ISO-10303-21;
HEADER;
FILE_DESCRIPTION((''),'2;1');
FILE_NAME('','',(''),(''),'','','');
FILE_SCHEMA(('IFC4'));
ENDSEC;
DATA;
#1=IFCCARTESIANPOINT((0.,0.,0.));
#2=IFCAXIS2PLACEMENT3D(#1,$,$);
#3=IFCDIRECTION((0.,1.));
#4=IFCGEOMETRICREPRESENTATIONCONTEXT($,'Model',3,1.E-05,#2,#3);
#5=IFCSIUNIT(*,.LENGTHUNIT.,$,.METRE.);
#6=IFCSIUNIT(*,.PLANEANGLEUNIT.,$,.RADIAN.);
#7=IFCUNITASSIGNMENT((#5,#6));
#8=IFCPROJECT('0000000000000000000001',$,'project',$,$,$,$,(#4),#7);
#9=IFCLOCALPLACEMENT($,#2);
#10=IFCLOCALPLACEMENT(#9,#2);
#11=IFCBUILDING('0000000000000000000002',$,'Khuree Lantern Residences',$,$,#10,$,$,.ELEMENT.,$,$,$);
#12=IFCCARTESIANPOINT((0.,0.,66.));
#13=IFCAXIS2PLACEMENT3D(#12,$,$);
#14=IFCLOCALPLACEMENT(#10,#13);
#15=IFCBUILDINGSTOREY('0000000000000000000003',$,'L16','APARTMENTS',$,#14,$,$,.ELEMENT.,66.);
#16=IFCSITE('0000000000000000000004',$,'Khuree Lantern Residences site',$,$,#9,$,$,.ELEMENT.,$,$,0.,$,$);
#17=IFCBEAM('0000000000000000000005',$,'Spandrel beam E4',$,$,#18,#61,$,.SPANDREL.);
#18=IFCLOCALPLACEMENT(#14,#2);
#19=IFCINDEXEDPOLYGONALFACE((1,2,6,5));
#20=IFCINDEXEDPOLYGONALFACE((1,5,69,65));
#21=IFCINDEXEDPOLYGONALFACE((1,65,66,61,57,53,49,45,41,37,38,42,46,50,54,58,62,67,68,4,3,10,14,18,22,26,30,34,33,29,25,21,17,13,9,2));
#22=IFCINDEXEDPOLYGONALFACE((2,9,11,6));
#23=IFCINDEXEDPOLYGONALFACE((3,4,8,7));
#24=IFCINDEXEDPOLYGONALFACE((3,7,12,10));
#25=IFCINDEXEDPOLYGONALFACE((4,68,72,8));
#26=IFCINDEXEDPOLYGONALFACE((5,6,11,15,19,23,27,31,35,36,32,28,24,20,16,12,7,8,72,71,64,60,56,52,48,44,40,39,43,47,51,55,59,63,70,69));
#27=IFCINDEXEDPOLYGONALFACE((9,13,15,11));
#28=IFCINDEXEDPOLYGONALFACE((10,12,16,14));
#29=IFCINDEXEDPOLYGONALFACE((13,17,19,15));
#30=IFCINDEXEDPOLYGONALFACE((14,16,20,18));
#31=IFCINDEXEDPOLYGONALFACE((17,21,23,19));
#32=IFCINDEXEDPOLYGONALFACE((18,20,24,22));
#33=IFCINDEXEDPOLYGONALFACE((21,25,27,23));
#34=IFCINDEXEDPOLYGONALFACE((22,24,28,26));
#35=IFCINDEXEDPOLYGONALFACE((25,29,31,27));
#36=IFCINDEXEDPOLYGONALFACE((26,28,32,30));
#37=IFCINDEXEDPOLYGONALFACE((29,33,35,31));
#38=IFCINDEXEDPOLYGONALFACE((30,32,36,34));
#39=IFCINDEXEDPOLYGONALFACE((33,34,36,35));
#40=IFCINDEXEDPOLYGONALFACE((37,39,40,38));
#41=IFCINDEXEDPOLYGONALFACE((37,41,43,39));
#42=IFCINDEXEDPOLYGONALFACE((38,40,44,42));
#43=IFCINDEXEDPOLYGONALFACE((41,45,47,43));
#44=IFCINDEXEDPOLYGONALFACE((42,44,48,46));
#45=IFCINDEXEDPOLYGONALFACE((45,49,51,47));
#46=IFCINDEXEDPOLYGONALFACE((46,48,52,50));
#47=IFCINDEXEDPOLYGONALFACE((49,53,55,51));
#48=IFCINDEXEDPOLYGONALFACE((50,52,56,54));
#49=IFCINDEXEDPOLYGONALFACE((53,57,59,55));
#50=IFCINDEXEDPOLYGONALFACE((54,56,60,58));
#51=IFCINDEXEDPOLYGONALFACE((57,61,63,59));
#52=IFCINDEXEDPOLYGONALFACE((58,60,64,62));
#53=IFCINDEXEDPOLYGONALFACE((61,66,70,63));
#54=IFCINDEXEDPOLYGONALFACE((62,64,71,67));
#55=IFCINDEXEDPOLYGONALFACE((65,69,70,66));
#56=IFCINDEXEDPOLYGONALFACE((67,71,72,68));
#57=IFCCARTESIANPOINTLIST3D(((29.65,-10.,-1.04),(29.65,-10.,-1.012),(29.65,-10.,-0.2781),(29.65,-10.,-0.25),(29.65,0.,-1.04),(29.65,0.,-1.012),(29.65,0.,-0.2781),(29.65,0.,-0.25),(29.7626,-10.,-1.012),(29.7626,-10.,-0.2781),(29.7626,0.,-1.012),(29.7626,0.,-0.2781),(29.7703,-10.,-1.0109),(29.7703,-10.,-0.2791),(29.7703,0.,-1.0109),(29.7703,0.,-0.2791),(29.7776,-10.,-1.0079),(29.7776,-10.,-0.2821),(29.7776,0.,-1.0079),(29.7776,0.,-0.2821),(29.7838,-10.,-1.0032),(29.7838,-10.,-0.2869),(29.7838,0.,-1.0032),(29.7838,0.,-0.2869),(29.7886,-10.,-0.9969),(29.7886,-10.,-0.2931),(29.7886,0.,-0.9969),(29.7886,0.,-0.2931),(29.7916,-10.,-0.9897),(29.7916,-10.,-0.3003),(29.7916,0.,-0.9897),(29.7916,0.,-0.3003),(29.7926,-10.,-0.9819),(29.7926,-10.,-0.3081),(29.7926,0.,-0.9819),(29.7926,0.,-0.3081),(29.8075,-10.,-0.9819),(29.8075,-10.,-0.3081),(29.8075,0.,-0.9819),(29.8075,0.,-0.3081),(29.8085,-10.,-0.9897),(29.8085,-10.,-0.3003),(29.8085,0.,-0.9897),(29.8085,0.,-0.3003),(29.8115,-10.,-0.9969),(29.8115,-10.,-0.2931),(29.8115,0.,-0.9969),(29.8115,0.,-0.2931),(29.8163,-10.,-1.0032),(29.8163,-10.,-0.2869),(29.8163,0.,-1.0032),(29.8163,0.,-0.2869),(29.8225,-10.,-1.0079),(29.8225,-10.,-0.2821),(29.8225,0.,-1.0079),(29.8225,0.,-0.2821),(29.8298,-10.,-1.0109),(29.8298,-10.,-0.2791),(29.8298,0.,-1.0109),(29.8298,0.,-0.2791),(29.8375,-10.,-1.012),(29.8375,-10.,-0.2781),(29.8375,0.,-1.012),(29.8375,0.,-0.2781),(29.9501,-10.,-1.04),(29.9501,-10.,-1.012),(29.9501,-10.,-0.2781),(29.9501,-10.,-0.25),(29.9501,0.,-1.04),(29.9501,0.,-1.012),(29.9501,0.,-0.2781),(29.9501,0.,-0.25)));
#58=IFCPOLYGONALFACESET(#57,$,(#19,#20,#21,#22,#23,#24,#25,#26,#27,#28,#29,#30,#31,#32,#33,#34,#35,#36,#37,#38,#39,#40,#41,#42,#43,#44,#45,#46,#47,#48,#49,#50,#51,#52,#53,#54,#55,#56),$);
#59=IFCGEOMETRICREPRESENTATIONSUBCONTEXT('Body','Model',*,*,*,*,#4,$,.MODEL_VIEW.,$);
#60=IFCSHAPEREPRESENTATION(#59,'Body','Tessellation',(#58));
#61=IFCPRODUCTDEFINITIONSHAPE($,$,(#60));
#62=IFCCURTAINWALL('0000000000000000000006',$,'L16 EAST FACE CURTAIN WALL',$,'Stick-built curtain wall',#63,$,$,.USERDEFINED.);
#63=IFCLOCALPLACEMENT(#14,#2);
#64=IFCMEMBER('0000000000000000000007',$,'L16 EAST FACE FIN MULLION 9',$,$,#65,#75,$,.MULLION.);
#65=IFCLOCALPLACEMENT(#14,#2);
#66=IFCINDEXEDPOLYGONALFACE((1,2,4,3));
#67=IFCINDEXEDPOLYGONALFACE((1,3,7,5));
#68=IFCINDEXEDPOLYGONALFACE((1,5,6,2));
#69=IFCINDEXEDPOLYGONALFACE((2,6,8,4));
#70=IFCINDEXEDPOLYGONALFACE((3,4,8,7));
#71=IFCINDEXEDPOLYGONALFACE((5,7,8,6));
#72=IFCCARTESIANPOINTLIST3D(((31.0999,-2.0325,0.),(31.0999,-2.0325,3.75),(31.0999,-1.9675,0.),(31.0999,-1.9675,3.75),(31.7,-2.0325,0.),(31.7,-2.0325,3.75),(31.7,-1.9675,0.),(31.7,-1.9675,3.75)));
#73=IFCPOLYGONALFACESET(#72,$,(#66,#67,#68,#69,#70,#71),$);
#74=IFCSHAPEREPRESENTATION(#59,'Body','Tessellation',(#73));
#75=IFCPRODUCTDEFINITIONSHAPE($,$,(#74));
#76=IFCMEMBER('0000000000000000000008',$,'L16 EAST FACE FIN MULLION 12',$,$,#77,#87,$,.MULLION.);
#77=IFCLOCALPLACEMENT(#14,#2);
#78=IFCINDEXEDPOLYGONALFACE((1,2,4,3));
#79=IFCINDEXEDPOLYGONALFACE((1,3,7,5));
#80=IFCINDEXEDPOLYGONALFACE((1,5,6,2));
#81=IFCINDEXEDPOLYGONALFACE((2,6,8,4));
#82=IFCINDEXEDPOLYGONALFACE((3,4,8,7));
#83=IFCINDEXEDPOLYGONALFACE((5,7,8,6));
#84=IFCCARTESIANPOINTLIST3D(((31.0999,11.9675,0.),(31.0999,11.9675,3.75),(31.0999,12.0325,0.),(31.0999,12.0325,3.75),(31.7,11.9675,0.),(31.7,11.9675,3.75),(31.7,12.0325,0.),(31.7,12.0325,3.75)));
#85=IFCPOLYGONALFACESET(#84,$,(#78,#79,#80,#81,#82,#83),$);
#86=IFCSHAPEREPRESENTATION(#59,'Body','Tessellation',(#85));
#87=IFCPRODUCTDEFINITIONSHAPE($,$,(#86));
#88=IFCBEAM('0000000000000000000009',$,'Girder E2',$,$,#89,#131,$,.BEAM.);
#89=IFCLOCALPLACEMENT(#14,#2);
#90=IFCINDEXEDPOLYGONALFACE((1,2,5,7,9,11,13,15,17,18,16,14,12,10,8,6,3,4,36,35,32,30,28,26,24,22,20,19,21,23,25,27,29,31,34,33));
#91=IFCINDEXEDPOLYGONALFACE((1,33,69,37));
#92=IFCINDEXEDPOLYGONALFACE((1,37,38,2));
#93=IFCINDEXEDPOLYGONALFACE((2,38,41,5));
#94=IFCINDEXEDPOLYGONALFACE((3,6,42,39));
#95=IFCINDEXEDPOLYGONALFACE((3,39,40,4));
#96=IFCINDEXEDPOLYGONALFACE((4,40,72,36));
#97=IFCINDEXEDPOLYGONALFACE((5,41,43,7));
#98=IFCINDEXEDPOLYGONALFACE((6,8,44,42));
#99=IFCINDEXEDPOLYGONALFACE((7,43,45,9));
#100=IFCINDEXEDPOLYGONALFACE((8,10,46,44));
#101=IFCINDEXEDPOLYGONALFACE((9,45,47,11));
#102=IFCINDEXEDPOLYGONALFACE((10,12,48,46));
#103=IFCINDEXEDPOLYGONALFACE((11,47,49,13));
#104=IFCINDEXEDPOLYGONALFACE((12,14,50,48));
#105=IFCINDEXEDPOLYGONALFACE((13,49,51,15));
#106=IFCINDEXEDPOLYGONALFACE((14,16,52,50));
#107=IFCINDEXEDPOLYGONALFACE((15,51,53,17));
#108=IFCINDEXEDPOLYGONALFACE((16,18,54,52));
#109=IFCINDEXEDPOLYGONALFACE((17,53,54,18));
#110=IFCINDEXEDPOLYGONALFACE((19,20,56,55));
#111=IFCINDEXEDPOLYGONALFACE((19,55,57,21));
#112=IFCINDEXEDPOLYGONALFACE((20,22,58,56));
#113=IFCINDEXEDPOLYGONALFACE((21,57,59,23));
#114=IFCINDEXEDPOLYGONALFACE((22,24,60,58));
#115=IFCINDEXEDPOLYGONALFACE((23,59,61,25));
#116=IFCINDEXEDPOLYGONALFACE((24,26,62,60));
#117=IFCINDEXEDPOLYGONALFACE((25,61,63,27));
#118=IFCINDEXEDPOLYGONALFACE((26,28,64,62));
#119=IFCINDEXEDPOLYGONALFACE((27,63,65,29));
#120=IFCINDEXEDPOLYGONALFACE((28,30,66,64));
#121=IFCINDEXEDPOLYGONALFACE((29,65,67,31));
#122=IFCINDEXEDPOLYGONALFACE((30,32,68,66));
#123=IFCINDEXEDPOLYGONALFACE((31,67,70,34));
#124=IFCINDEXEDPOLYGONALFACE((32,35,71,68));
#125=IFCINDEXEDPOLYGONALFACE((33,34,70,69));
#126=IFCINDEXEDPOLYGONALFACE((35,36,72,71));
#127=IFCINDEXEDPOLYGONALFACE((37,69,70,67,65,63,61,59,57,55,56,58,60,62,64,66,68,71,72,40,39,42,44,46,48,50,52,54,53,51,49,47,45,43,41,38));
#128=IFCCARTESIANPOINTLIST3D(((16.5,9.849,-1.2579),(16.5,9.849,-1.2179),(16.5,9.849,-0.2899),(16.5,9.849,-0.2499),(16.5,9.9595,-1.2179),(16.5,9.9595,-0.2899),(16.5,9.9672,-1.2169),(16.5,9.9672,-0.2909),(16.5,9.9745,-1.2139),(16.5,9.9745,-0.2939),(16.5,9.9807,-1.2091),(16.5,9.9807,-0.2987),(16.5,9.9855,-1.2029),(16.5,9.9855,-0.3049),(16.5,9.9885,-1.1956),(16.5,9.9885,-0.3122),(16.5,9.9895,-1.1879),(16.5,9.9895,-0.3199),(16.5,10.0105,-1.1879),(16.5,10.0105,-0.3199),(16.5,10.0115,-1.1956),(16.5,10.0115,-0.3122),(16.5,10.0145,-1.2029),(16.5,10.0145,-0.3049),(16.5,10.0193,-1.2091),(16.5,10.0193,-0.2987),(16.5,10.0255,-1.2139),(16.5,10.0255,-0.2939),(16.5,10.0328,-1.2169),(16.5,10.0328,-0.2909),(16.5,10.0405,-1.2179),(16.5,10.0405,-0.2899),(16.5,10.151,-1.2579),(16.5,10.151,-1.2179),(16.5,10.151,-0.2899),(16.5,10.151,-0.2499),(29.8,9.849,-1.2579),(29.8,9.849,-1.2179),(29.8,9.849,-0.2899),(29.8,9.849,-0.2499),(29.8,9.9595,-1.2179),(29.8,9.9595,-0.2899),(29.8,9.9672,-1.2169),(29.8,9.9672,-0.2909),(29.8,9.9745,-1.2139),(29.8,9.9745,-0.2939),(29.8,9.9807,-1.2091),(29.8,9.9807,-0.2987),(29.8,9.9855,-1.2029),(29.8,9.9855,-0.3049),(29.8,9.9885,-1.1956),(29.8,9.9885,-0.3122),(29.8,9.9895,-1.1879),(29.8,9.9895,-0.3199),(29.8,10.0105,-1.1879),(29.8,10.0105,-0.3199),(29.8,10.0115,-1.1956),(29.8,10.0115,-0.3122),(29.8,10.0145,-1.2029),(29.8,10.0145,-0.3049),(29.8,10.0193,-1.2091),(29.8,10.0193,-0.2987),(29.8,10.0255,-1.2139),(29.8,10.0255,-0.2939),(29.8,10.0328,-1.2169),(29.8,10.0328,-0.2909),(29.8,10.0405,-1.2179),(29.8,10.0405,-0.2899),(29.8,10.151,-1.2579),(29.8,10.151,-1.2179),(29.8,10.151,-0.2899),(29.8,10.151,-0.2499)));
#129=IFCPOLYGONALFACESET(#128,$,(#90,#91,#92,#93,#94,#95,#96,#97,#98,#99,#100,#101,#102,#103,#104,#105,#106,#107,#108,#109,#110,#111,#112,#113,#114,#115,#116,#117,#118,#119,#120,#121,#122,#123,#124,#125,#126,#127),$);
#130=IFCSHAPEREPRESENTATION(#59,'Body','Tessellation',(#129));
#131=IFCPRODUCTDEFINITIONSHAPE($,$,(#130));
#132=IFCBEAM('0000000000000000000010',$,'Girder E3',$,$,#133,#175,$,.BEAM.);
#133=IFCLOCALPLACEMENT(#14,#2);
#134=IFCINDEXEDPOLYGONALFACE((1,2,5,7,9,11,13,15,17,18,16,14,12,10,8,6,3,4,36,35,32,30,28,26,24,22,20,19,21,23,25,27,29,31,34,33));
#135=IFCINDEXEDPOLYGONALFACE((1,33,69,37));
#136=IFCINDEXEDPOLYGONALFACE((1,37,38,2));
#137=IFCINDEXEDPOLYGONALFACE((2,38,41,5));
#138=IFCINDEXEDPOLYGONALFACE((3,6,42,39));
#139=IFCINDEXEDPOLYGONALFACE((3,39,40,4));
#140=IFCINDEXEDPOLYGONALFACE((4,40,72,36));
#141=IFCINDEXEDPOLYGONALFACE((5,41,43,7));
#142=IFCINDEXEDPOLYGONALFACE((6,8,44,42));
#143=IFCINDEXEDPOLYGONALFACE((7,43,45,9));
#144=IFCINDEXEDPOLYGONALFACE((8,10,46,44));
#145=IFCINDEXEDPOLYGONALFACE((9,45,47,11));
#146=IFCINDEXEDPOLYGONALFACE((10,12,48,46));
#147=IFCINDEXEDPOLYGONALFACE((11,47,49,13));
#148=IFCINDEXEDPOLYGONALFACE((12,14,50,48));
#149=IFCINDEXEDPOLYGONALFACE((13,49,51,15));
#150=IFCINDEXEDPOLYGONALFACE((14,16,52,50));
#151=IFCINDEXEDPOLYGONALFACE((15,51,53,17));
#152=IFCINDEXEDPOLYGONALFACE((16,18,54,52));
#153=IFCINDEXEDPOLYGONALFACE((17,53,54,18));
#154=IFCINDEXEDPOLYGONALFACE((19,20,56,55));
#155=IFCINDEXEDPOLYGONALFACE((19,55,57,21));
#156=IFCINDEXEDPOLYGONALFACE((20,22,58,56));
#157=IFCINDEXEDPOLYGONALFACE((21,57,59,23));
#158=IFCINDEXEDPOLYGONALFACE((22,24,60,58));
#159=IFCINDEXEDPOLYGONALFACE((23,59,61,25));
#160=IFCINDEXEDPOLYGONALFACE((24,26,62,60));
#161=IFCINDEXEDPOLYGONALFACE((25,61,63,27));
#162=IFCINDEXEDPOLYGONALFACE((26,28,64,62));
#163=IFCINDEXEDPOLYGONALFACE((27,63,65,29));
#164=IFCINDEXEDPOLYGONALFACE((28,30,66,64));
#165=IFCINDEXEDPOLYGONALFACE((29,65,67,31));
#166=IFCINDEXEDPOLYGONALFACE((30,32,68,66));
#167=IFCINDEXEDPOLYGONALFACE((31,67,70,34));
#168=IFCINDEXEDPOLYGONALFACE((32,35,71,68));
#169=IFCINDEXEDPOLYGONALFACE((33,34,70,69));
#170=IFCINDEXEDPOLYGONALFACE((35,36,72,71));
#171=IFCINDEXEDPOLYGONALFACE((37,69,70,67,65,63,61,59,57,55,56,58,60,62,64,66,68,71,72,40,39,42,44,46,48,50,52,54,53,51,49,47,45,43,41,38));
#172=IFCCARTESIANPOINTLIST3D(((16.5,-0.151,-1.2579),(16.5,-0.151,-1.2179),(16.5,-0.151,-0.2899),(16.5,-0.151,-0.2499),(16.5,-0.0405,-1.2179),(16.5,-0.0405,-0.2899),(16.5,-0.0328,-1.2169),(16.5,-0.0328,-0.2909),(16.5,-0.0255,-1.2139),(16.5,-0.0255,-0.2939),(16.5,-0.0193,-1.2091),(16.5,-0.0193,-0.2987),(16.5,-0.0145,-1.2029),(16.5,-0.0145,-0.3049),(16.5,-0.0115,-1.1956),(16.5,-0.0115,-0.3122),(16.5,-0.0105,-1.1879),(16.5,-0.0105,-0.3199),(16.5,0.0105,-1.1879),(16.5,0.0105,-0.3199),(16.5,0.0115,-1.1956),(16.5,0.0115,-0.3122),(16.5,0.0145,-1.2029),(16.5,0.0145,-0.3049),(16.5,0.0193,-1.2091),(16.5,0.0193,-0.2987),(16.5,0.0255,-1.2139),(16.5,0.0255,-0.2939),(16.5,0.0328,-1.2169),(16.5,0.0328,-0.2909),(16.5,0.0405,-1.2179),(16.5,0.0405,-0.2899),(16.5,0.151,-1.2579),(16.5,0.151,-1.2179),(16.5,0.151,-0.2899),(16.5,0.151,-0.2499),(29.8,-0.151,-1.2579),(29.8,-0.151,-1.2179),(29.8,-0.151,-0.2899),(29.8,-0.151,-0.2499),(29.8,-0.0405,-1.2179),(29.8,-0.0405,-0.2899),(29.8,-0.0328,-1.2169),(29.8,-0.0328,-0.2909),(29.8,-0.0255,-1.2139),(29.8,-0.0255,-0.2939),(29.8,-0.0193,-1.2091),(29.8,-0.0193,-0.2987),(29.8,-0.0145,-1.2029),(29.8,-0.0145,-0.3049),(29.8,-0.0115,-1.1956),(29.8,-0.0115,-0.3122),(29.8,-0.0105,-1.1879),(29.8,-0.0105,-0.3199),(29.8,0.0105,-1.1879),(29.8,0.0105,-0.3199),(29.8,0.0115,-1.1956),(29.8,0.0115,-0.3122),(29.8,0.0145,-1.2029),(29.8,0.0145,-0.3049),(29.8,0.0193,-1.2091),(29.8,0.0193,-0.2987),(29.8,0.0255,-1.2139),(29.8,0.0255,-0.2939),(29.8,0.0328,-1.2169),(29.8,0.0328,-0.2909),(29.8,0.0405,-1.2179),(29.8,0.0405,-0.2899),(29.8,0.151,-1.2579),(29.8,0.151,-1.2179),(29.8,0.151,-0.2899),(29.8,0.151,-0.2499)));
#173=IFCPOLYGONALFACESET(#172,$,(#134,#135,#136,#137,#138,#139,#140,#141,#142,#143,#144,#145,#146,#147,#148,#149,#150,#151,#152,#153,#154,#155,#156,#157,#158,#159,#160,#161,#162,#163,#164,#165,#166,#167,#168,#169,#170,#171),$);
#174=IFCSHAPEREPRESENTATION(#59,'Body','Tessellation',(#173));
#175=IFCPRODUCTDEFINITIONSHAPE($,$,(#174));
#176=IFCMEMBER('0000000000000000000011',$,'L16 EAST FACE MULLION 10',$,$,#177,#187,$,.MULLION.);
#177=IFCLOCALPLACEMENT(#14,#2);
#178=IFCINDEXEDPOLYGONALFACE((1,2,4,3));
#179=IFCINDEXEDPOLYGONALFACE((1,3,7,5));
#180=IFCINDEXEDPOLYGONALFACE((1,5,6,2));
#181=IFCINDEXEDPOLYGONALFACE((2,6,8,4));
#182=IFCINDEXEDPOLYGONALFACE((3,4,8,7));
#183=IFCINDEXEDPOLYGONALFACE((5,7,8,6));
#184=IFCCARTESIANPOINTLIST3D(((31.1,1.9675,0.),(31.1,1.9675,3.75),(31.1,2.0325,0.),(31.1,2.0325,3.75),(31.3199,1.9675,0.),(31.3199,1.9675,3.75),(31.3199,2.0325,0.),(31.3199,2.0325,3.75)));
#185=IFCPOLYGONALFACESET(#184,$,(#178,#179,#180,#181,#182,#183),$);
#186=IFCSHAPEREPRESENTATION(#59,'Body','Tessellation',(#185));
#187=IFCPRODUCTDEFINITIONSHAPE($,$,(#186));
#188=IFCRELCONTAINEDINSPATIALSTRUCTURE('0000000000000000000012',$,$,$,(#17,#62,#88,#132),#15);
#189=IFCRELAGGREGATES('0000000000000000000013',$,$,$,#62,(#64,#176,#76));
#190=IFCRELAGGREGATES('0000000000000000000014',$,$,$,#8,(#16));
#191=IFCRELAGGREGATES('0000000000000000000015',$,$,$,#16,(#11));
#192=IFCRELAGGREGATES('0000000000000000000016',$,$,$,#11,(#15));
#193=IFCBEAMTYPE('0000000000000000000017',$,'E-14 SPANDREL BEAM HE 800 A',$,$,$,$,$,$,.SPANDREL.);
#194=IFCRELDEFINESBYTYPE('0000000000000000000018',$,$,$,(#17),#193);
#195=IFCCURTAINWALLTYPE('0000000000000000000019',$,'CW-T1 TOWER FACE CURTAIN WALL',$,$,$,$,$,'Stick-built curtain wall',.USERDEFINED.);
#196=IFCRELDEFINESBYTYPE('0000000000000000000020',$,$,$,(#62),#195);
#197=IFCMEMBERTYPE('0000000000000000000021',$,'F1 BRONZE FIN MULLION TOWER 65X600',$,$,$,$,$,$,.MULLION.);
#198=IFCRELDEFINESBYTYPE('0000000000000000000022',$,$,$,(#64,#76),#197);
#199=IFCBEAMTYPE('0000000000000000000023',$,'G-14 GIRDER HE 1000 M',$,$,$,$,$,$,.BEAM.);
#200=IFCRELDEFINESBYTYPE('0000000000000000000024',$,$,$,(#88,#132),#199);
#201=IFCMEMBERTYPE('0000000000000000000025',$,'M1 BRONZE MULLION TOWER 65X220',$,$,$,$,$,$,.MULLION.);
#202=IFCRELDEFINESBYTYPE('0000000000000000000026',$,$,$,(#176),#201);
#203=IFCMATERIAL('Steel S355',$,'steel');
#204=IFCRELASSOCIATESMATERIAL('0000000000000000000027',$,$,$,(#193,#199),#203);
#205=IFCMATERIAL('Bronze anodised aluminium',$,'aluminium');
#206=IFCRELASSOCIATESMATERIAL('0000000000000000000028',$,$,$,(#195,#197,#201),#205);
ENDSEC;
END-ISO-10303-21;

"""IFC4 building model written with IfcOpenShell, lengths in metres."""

from ifc_helpers import new_model, si_unit, direction, frame, origin, origin_2d, place, context, subcontext, project, spatial, rectangle, i_section, extrude, material, material_profile, profile_set, type_object, element, aggregate, save


model = new_model("IFC4")

# Units and contexts
model_context = context("Model", 3, precision=1e-05, world=origin(), true_north=direction((0.0, 1.0)))
body_context = subcontext(model_context, "Body", "Model", "MODEL_VIEW")
ifc_project = project(units=[si_unit("LENGTHUNIT", "METRE"), si_unit("PLANEANGLEUNIT", "RADIAN")], contexts=[model_context])

# Site, building, storey
site_placement = place(None, origin())
site = spatial("IfcSite", under=ifc_project, at=site_placement, Name="Khuree Lantern Residences site", CompositionType="ELEMENT", RefElevation=0.0)
building_placement = place(site_placement, origin())
building = spatial("IfcBuilding", under=site, at=building_placement, Name="Khuree Lantern Residences", CompositionType="ELEMENT")
storey_placement = place(building_placement, frame((0.0, 0.0, 66.0)))
storey = spatial("IfcBuildingStorey", under=building, at=storey_placement, Name="L16", Description="APARTMENTS", CompositionType="ELEMENT", Elevation=66.0)

# Beam
ifc_material_1 = material(Name="Steel S355", Category="steel")
ifc_material_profile_1 = material_profile(ifc_material_1, i_section(OverallWidth=0.3, OverallDepth=0.79, WebThickness=0.0149, FlangeThickness=0.0281, FilletRadius=0.03, at=origin_2d()), Name="HE 800 A")
ifc_profile_set_1 = profile_set([ifc_material_profile_1], Name="Steel S355")
beam_type_1 = type_object("IfcBeamType", Name="E-14 SPANDREL BEAM HE 800 A", PredefinedType="SPANDREL", material=ifc_profile_set_1)
for number, where, z_axis, x_axis, name in (
    (1, (29.8, 0.0, -0.645), (0.0, -1.0, 0.0), (1.0, 0.0, 0.0), "Spandrel beam E4"),
):
    element("IfcBeam", number, at=place(storey_placement, frame(where, z_axis=z_axis, x_axis=x_axis)), inside=storey, type_object=beam_type_1, Name=name, PredefinedType="SPANDREL", context=body_context, shape_type="SweptSolid", body=[
        extrude(i_section(OverallWidth=0.3, OverallDepth=0.79, WebThickness=0.0149, FlangeThickness=0.0281, FilletRadius=0.03, at=origin_2d()), origin(), (0.0, 0.0, 1.0), 10.0),
    ])

# Curtain wall, members
ifc_material_2 = material(Name="Bronze anodised aluminium", Category="aluminium")
curtain_wall_type = type_object("IfcCurtainWallType", Name="CW-T1 TOWER FACE CURTAIN WALL", ElementType="Stick-built curtain wall", PredefinedType="USERDEFINED", material=ifc_material_2)
curtain_wall_placement = place(storey_placement, origin())
curtain_wall = element("IfcCurtainWall", 2, at=curtain_wall_placement, inside=storey, type_object=curtain_wall_type, Name="L16 EAST FACE CURTAIN WALL", ObjectType="Stick-built curtain wall", PredefinedType="USERDEFINED")
ifc_material_profile_2 = material_profile(ifc_material_2, rectangle(XDim=0.0649, YDim=0.6001, at=origin_2d()), Name="F1 65X600")
ifc_profile_set_2 = profile_set([ifc_material_profile_2], Name="Bronze anodised aluminium")
member_type_1 = type_object("IfcMemberType", Name="F1 BRONZE FIN MULLION TOWER 65X600", PredefinedType="MULLION", material=ifc_profile_set_2)
member_1_placement = place(storey_placement, frame((31.3999, -2.0, 0.0), z_axis=(0.0, 0.0, 1.0), x_axis=(0.0, 1.0, 0.0)))
member_1 = element("IfcMember", 3, at=member_1_placement, type_object=member_type_1, Name="L16 EAST FACE FIN MULLION 9", PredefinedType="MULLION", context=body_context, shape_type="SweptSolid", body=[
    extrude(rectangle(XDim=0.0649, YDim=0.6001, at=origin_2d()), origin(), (0.0, 0.0, 1.0), 3.75),
])
member_2_placement = place(storey_placement, frame((31.3999, 12.0, 0.0), z_axis=(0.0, 0.0, 1.0), x_axis=(0.0, 1.0, 0.0)))
member_2 = element("IfcMember", 4, at=member_2_placement, type_object=member_type_1, Name="L16 EAST FACE FIN MULLION 12", PredefinedType="MULLION", context=body_context, shape_type="SweptSolid", body=[
    extrude(rectangle(XDim=0.0649, YDim=0.6001, at=origin_2d()), origin(), (0.0, 0.0, 1.0), 3.75),
])

# Beams
ifc_material_profile_3 = material_profile(ifc_material_1, i_section(OverallWidth=0.302, OverallDepth=1.0081, WebThickness=0.021, FlangeThickness=0.04, FilletRadius=0.03, at=origin_2d()), Name="HE 1000 M")
ifc_profile_set_3 = profile_set([ifc_material_profile_3], Name="Steel S355")
beam_type_2 = type_object("IfcBeamType", Name="G-14 GIRDER HE 1000 M", PredefinedType="BEAM", material=ifc_profile_set_3)
for number, where, z_axis, x_axis, name in (
    (5, (29.8, 10.0, -0.7539), (-1.0, 0.0, 0.0), (0.0, -1.0, 0.0), "Girder E2"),
    (6, (29.8, 0.0, -0.7539), (-1.0, 0.0, 0.0), (0.0, -1.0, 0.0), "Girder E3"),
):
    element("IfcBeam", number, at=place(storey_placement, frame(where, z_axis=z_axis, x_axis=x_axis)), inside=storey, type_object=beam_type_2, Name=name, PredefinedType="BEAM", context=body_context, shape_type="SweptSolid", body=[
        extrude(i_section(OverallWidth=0.302, OverallDepth=1.0081, WebThickness=0.021, FlangeThickness=0.04, FilletRadius=0.03, at=origin_2d()), origin(), (0.0, 0.0, 1.0), 13.3),
    ])

# Member
ifc_material_profile_4 = material_profile(ifc_material_2, rectangle(XDim=0.0649, YDim=0.22, at=origin_2d()), Name="M1 65X220")
ifc_profile_set_4 = profile_set([ifc_material_profile_4], Name="Bronze anodised aluminium")
member_type_2 = type_object("IfcMemberType", Name="M1 BRONZE MULLION TOWER 65X220", PredefinedType="MULLION", material=ifc_profile_set_4)
member_3_placement = place(storey_placement, frame((31.21, 2.0, 0.0), z_axis=(0.0, 0.0, 1.0), x_axis=(0.0, 1.0, 0.0)))
member_3 = element("IfcMember", 7, at=member_3_placement, type_object=member_type_2, Name="L16 EAST FACE MULLION 10", PredefinedType="MULLION", context=body_context, shape_type="SweptSolid", body=[
    extrude(rectangle(XDim=0.0649, YDim=0.22, at=origin_2d()), origin(), (0.0, 0.0, 1.0), 3.75),
])

aggregate(curtain_wall, [member_1, member_3, member_2])

save(model, "model.ifc")
